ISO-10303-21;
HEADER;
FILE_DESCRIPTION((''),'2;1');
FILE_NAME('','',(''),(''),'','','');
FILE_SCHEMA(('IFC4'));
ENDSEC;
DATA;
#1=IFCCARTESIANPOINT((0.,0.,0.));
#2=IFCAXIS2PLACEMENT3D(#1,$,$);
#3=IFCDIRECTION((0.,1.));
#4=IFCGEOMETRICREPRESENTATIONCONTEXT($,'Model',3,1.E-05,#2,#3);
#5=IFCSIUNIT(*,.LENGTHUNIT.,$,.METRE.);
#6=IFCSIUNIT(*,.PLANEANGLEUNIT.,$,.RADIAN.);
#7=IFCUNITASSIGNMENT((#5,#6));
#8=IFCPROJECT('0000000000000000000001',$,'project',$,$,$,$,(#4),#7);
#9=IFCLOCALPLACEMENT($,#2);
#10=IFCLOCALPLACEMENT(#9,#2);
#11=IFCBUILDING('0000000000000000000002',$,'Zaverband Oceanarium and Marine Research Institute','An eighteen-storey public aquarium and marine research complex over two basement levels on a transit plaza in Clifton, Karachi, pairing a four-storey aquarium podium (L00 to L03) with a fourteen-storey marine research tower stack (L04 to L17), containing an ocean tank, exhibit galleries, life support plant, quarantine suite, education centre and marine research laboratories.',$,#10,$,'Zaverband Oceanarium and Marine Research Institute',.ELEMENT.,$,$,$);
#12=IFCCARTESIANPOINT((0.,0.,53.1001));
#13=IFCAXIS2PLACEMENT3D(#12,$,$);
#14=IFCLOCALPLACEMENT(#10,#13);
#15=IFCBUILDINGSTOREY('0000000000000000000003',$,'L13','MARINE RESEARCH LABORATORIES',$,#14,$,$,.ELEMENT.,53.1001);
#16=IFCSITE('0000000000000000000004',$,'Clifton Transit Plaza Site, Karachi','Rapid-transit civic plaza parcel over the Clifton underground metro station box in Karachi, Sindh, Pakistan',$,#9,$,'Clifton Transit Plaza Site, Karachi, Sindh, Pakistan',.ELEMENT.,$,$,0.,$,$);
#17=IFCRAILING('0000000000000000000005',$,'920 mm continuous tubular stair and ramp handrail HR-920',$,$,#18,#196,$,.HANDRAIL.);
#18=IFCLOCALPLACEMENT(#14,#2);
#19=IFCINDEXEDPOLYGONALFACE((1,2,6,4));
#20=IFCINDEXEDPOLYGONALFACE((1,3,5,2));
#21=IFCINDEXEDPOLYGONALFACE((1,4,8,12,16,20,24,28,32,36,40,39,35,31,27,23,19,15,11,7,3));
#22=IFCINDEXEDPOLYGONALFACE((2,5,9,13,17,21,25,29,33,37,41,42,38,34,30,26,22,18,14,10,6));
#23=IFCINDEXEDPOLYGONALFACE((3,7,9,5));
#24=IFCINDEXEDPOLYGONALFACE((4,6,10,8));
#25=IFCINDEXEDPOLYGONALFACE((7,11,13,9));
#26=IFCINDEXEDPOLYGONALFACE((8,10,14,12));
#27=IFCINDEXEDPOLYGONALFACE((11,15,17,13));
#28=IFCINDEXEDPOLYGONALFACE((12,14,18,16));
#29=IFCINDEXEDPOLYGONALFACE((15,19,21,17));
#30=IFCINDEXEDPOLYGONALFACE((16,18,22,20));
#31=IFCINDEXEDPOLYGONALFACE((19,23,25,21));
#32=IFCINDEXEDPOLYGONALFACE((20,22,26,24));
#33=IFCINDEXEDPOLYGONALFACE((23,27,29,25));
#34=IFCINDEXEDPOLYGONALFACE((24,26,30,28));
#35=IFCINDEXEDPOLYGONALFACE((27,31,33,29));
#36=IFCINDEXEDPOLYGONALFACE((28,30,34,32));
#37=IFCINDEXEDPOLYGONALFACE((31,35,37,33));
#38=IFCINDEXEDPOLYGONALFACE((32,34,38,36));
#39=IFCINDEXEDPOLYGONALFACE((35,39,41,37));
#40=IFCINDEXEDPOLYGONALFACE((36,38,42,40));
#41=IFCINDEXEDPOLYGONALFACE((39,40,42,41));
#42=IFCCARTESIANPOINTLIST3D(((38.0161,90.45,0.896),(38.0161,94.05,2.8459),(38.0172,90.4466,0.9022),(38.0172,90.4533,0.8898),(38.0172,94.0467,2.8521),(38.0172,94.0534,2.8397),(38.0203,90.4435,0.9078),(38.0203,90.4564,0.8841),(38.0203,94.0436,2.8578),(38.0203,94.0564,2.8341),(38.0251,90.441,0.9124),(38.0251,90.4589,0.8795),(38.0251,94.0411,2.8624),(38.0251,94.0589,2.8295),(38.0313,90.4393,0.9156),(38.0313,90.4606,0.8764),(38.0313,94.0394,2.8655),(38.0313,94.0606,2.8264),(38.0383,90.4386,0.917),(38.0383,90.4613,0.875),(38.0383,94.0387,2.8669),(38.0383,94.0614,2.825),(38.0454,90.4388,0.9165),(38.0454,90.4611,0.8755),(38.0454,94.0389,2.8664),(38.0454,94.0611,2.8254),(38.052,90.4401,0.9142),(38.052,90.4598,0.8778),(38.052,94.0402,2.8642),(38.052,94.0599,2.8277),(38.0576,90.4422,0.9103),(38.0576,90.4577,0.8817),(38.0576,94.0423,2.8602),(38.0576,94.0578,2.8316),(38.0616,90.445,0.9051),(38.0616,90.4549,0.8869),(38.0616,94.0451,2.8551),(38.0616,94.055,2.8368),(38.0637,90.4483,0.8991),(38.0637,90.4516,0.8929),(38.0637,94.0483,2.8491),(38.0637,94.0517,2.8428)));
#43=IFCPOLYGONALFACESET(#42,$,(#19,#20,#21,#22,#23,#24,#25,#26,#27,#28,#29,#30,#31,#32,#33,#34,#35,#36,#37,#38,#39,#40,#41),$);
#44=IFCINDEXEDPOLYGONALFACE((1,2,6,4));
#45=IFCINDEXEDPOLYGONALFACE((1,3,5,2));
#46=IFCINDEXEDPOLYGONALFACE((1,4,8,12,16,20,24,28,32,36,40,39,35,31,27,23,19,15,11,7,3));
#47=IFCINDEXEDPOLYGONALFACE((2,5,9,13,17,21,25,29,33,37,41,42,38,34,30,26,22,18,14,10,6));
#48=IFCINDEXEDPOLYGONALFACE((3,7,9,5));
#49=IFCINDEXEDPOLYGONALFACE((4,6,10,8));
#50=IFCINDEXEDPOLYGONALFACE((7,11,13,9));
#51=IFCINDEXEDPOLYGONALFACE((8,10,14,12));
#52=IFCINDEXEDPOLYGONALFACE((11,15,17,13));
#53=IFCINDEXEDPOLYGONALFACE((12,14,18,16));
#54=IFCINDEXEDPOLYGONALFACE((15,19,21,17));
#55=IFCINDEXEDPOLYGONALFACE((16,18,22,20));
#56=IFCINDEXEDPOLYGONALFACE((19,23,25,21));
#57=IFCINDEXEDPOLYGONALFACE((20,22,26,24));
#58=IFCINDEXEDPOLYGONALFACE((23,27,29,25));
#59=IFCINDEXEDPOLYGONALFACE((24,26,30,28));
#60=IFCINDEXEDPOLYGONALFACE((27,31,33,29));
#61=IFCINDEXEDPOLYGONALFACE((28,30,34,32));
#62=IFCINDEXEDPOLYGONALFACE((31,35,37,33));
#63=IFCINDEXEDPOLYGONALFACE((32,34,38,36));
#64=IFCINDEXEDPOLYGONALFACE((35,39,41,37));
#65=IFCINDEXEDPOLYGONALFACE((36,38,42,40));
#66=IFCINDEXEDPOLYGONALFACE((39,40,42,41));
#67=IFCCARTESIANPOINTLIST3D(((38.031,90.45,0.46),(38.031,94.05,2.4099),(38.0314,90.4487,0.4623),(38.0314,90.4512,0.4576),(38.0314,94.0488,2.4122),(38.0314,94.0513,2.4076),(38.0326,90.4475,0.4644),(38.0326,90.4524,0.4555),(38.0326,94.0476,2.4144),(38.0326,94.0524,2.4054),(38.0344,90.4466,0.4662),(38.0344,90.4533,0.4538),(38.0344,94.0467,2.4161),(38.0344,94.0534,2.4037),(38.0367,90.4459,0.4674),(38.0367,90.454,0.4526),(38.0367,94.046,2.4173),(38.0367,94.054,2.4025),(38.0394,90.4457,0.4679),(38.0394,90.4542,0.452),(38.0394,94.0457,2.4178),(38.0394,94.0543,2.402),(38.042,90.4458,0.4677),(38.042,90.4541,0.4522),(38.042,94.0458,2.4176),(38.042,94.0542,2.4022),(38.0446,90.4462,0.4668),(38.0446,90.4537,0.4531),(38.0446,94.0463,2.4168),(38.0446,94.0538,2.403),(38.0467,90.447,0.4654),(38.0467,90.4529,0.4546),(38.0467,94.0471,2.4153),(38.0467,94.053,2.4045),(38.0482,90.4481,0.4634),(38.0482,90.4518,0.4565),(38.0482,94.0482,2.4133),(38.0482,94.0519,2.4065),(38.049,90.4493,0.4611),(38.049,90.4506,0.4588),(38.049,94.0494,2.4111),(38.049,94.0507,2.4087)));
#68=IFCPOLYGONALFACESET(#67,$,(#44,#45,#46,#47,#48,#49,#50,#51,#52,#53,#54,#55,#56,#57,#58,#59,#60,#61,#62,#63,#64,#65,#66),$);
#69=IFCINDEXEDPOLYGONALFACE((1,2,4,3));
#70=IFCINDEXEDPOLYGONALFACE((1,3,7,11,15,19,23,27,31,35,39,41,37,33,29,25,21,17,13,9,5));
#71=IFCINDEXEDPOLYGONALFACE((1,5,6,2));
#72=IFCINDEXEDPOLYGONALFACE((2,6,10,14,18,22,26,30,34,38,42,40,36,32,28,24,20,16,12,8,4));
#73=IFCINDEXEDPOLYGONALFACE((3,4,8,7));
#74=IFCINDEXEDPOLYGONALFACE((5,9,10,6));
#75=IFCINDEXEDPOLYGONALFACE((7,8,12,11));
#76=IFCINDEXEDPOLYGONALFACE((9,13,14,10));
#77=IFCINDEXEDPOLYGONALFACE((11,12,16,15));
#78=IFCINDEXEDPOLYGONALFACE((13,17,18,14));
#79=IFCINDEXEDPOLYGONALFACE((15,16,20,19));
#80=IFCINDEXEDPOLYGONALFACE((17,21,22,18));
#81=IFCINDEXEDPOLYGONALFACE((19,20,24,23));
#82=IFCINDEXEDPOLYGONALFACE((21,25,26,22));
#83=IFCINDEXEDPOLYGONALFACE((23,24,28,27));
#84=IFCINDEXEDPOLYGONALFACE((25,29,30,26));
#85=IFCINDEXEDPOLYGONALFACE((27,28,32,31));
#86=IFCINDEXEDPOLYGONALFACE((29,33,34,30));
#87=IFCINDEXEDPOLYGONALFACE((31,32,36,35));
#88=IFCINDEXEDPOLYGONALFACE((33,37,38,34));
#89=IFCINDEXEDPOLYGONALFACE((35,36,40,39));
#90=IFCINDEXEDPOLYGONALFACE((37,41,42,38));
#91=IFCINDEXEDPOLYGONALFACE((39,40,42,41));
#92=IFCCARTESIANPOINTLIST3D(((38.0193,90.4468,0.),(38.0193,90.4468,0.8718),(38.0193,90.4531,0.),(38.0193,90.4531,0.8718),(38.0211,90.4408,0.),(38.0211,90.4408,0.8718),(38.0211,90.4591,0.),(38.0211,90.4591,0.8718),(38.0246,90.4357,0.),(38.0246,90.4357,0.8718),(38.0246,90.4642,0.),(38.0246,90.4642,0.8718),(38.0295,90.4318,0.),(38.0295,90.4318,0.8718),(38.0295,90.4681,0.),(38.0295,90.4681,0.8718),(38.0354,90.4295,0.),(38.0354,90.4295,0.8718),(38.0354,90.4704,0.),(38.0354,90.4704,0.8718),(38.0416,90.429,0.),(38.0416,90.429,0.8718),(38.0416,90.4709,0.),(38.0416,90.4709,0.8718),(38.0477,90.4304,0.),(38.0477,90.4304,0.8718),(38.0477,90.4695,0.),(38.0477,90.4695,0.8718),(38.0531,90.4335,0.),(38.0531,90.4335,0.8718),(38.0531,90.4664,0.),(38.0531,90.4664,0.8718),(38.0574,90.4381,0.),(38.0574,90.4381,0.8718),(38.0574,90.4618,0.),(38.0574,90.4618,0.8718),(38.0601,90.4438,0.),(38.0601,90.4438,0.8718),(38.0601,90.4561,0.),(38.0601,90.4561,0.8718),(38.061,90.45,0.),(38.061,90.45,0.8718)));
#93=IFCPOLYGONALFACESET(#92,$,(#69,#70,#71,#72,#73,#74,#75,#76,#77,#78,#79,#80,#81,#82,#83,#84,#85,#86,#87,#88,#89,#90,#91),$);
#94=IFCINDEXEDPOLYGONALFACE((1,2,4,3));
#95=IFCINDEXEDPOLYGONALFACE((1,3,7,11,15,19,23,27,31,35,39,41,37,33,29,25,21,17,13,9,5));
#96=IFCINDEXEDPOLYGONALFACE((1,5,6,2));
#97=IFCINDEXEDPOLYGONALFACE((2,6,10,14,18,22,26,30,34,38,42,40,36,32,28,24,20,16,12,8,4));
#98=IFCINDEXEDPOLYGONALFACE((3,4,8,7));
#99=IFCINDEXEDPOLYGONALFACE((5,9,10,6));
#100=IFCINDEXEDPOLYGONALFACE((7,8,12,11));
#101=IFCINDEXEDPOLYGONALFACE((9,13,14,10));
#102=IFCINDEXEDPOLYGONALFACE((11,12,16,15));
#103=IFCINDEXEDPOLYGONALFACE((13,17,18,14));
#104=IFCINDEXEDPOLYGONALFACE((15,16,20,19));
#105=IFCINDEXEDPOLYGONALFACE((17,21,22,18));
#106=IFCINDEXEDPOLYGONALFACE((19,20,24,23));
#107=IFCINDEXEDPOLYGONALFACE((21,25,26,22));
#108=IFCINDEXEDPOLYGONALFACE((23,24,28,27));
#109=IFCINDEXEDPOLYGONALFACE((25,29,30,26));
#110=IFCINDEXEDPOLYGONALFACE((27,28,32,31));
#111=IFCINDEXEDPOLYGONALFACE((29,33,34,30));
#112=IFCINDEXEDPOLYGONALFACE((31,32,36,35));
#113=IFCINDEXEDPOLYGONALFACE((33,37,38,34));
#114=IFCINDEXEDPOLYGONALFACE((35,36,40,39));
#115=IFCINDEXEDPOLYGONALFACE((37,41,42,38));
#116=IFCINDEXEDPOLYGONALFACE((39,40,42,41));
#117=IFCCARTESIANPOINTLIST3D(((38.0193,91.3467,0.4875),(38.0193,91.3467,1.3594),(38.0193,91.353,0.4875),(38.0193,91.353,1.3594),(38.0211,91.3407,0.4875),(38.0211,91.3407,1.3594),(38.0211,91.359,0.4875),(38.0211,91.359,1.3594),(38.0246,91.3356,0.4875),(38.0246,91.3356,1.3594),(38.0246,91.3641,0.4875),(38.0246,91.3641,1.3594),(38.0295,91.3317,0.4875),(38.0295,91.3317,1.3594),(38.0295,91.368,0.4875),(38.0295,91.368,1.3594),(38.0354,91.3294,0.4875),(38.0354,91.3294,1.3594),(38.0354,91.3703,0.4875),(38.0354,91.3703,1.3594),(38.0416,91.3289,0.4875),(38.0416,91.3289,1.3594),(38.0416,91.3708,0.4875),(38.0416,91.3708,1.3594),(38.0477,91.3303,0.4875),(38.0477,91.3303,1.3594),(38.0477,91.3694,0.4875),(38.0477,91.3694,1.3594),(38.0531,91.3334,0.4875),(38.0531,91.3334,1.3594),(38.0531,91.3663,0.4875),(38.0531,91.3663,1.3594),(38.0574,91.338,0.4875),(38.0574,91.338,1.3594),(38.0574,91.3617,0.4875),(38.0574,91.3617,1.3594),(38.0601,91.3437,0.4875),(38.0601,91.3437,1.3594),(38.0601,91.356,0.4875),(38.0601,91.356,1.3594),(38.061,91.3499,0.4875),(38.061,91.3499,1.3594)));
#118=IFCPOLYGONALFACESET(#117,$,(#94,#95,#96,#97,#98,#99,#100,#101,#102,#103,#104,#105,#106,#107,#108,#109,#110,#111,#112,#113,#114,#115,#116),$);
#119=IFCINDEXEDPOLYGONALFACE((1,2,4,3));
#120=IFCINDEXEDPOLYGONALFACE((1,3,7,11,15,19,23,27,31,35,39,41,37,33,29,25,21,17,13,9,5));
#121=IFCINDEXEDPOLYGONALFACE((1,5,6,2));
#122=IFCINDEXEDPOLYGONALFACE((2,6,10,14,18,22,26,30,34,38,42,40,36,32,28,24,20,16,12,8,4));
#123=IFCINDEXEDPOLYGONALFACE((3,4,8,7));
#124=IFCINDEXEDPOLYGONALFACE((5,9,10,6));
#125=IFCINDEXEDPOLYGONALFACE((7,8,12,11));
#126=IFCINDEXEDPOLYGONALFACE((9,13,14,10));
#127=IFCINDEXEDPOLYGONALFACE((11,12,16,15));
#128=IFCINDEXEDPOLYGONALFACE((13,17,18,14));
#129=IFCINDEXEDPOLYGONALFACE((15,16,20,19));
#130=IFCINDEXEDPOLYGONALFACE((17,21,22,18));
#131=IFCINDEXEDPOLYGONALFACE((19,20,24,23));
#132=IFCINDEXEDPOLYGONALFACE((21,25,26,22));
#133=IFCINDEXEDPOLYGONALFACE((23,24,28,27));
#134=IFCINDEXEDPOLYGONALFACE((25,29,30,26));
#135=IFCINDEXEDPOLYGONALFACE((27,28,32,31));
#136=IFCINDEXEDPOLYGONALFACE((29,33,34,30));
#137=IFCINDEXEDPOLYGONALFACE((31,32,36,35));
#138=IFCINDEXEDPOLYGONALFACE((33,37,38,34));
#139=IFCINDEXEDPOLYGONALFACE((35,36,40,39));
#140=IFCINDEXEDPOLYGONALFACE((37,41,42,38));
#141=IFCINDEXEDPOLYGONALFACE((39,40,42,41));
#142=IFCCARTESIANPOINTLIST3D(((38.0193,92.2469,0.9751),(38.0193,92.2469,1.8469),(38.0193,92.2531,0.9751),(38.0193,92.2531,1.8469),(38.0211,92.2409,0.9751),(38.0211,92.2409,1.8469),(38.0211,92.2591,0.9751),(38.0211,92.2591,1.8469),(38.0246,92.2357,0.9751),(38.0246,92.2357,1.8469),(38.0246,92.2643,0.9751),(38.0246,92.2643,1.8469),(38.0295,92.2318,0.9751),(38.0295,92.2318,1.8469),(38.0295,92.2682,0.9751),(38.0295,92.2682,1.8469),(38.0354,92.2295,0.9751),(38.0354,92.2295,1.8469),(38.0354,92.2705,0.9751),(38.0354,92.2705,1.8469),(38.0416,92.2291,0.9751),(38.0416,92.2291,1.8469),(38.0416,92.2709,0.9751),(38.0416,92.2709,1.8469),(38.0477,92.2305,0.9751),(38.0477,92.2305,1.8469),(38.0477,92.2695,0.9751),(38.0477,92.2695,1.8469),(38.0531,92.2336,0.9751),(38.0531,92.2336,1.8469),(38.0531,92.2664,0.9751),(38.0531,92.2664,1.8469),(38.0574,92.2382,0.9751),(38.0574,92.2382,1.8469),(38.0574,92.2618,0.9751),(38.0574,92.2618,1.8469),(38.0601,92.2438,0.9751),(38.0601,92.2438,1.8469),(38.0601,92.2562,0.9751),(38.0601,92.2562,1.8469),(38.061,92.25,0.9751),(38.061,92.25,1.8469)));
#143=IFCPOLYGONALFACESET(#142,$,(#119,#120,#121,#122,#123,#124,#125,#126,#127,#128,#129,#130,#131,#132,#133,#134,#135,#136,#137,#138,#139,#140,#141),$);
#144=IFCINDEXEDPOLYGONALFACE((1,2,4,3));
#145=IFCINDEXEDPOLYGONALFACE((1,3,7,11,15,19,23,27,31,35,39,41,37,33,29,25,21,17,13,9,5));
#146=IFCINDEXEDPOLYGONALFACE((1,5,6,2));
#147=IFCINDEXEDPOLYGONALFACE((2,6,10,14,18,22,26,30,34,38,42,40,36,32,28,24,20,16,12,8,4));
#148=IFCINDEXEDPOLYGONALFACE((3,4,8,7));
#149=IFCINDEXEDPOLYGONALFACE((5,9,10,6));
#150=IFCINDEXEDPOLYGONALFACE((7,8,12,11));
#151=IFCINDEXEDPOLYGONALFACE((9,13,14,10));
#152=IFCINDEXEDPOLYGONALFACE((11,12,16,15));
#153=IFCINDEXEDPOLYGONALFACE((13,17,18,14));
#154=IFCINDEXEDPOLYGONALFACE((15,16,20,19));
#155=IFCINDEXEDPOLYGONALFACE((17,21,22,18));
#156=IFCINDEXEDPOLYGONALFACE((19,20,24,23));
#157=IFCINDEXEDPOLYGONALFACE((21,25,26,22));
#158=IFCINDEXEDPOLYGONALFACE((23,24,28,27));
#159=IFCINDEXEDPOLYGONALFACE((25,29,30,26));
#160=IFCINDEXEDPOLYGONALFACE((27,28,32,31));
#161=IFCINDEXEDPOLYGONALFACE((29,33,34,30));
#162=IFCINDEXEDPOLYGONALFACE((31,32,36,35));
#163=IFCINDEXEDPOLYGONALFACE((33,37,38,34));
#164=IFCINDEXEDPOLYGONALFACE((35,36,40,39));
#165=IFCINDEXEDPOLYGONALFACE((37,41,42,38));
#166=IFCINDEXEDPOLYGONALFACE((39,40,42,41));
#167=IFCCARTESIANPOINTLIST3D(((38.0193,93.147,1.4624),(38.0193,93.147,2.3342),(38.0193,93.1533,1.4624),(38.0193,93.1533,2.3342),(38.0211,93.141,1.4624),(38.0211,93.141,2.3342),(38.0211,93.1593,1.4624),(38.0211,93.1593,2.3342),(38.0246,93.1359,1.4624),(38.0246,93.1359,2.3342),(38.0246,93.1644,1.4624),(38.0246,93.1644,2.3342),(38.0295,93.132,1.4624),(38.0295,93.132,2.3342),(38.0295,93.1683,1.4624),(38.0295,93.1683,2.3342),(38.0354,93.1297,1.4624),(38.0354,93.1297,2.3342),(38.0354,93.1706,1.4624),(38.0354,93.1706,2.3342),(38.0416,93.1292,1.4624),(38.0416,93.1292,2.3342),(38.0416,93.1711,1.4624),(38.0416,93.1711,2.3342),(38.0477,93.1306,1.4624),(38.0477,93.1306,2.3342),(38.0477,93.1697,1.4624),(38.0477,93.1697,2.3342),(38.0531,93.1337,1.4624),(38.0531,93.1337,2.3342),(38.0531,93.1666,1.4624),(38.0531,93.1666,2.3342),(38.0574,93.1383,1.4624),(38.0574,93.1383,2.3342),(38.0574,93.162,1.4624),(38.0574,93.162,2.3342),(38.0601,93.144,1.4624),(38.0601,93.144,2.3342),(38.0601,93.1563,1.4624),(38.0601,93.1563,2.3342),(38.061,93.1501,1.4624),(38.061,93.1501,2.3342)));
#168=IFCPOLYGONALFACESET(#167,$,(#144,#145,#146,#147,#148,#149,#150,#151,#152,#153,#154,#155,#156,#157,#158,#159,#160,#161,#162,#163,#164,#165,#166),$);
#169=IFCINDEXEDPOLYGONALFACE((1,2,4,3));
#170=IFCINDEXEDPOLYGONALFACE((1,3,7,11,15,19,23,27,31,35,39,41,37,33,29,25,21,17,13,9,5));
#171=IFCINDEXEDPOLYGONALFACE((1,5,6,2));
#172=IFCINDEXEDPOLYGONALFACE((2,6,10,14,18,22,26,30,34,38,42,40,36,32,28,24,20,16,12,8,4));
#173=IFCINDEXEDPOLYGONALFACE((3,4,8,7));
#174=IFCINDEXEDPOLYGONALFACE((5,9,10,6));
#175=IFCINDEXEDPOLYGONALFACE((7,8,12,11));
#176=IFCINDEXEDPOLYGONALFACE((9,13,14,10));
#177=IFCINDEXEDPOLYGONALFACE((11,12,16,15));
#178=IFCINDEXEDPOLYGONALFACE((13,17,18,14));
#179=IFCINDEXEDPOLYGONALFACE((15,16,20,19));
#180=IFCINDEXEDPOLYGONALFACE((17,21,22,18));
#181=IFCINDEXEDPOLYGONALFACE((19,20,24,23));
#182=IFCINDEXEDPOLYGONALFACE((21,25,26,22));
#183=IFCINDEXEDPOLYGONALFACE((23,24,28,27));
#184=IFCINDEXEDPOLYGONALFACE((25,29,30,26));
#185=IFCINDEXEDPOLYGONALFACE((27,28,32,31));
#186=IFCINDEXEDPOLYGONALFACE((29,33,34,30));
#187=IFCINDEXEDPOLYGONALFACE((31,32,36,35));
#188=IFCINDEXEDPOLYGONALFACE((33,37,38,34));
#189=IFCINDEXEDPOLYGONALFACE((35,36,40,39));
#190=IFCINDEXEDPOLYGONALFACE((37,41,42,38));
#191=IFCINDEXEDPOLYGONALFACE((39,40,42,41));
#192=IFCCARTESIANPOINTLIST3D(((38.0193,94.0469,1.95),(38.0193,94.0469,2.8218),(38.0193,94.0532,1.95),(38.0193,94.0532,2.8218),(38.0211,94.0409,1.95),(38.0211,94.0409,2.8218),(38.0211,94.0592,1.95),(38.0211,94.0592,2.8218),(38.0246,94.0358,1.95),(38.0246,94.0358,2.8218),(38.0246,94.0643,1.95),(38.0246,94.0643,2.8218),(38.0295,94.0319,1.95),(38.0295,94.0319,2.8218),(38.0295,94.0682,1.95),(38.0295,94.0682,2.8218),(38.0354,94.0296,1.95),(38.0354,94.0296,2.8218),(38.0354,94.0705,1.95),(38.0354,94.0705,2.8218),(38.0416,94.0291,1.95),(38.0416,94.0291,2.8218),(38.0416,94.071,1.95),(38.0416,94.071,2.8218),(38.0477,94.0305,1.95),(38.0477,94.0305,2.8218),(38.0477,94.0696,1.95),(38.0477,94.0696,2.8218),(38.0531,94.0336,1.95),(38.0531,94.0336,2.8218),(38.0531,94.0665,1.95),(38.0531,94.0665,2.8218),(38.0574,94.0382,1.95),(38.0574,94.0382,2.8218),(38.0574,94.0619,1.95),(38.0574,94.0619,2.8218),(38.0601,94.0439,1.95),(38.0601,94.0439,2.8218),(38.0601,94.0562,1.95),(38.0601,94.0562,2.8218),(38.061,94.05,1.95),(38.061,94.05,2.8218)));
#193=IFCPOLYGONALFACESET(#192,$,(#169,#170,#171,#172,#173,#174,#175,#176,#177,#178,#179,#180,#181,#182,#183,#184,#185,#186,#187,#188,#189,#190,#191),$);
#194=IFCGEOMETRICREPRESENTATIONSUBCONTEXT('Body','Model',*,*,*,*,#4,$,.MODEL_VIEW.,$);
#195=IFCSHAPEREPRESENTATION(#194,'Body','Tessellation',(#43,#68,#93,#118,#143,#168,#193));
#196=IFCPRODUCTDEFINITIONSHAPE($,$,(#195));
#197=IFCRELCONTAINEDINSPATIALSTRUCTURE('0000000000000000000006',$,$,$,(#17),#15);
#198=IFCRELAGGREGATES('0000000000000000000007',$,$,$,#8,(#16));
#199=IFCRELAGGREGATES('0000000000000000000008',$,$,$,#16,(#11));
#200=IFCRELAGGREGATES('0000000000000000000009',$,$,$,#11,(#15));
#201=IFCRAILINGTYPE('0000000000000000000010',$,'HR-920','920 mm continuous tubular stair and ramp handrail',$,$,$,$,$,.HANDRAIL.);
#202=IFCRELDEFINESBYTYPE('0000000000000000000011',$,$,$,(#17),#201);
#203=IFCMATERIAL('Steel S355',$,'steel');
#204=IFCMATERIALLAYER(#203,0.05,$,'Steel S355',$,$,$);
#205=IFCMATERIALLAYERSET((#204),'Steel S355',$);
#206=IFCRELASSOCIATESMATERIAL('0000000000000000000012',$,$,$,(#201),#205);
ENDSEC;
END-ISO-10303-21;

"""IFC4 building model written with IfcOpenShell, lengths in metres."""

from ifc_helpers import new_model, si_unit, direction, frame, origin, origin_2d, place, context, subcontext, project, spatial, circle, extrude, material, layer, layer_set, type_object, element, save


model = new_model("IFC4")

# Units and contexts
model_context = context("Model", 3, precision=1e-05, world=origin(), true_north=direction((0.0, 1.0)))
body_context = subcontext(model_context, "Body", "Model", "MODEL_VIEW")
ifc_project = project(units=[si_unit("LENGTHUNIT", "METRE"), si_unit("PLANEANGLEUNIT", "RADIAN")], contexts=[model_context])

# Site, building, storey
site_placement = place(None, origin())
site = spatial("IfcSite", under=ifc_project, at=site_placement, Name="Clifton Transit Plaza Site, Karachi", Description="Rapid-transit civic plaza parcel over the Clifton underground metro station box in Karachi, Sindh, Pakistan", LongName="Clifton Transit Plaza Site, Karachi, Sindh, Pakistan", CompositionType="ELEMENT", RefElevation=0.0)
building_placement = place(site_placement, origin())
building = spatial("IfcBuilding", under=site, at=building_placement, Name="Zaverband Oceanarium and Marine Research Institute", Description="An eighteen-storey public aquarium and marine research complex over two basement levels on a transit plaza in Clifton, Karachi, pairing a four-storey aquarium podium (L00 to L03) with a fourteen-storey marine research tower stack (L04 to L17), containing an ocean tank, exhibit galleries, life support plant, quarantine suite, education centre and marine research laboratories.", LongName="Zaverband Oceanarium and Marine Research Institute", CompositionType="ELEMENT")
storey_placement = place(building_placement, frame((0.0, 0.0, 53.1001)))
storey = spatial("IfcBuildingStorey", under=building, at=storey_placement, Name="L13", Description="MARINE RESEARCH LABORATORIES", CompositionType="ELEMENT", Elevation=53.1001)

# Shared definitions
ifc_material_1 = material(Name="Steel S355", Category="steel")

# Railing
ifc_layer_1 = layer(ifc_material_1, 0.05, Name="Steel S355")
ifc_layer_set_1 = layer_set([ifc_layer_1], Name="Steel S355")
railing_type_1 = type_object("IfcRailingType", Name="HR-920", Description="920 mm continuous tubular stair and ramp handrail", PredefinedType="HANDRAIL", material=ifc_layer_set_1)
railing_1_placement = place(storey_placement, frame((38.04, 90.45, 0.0)))
element("IfcRailing", 1, at=railing_1_placement, inside=storey, type_object=railing_type_1, Name="920 mm continuous tubular stair and ramp handrail HR-920", PredefinedType="HANDRAIL", context=body_context, shape_type="SweptSolid", body=[
    extrude(circle(Radius=0.0239, at=origin_2d()), frame((0.0, 0.0, 0.896), z_axis=(0.0, 0.879302, 0.476264), x_axis=(-1.0, 0.0, 0.0)), (0.0, 0.0, 1.0), 4.0942),
    extrude(circle(Radius=0.009, at=origin_2d()), frame((0.0, 0.0, 0.46), z_axis=(0.0, 0.879302, 0.476264), x_axis=(-1.0, 0.0, 0.0)), (0.0, 0.0, 1.0), 4.0942),
    extrude(circle(Radius=0.021, at=origin_2d()), origin(), (0.0, 0.0, 1.0), 0.8718),
    extrude(circle(Radius=0.021, at=origin_2d()), frame((0.0, 0.8999, 0.4875)), (0.0, 0.0, 1.0), 0.8718),
    extrude(circle(Radius=0.021, at=origin_2d()), frame((0.0, 1.8, 0.9751)), (0.0, 0.0, 1.0), 0.8718),
    extrude(circle(Radius=0.021, at=origin_2d()), frame((0.0, 2.7002, 1.4624)), (0.0, 0.0, 1.0), 0.8718),
    extrude(circle(Radius=0.021, at=origin_2d()), frame((0.0, 3.6001, 1.95)), (0.0, 0.0, 1.0), 0.8718),
])

save(model, "model.ifc")
